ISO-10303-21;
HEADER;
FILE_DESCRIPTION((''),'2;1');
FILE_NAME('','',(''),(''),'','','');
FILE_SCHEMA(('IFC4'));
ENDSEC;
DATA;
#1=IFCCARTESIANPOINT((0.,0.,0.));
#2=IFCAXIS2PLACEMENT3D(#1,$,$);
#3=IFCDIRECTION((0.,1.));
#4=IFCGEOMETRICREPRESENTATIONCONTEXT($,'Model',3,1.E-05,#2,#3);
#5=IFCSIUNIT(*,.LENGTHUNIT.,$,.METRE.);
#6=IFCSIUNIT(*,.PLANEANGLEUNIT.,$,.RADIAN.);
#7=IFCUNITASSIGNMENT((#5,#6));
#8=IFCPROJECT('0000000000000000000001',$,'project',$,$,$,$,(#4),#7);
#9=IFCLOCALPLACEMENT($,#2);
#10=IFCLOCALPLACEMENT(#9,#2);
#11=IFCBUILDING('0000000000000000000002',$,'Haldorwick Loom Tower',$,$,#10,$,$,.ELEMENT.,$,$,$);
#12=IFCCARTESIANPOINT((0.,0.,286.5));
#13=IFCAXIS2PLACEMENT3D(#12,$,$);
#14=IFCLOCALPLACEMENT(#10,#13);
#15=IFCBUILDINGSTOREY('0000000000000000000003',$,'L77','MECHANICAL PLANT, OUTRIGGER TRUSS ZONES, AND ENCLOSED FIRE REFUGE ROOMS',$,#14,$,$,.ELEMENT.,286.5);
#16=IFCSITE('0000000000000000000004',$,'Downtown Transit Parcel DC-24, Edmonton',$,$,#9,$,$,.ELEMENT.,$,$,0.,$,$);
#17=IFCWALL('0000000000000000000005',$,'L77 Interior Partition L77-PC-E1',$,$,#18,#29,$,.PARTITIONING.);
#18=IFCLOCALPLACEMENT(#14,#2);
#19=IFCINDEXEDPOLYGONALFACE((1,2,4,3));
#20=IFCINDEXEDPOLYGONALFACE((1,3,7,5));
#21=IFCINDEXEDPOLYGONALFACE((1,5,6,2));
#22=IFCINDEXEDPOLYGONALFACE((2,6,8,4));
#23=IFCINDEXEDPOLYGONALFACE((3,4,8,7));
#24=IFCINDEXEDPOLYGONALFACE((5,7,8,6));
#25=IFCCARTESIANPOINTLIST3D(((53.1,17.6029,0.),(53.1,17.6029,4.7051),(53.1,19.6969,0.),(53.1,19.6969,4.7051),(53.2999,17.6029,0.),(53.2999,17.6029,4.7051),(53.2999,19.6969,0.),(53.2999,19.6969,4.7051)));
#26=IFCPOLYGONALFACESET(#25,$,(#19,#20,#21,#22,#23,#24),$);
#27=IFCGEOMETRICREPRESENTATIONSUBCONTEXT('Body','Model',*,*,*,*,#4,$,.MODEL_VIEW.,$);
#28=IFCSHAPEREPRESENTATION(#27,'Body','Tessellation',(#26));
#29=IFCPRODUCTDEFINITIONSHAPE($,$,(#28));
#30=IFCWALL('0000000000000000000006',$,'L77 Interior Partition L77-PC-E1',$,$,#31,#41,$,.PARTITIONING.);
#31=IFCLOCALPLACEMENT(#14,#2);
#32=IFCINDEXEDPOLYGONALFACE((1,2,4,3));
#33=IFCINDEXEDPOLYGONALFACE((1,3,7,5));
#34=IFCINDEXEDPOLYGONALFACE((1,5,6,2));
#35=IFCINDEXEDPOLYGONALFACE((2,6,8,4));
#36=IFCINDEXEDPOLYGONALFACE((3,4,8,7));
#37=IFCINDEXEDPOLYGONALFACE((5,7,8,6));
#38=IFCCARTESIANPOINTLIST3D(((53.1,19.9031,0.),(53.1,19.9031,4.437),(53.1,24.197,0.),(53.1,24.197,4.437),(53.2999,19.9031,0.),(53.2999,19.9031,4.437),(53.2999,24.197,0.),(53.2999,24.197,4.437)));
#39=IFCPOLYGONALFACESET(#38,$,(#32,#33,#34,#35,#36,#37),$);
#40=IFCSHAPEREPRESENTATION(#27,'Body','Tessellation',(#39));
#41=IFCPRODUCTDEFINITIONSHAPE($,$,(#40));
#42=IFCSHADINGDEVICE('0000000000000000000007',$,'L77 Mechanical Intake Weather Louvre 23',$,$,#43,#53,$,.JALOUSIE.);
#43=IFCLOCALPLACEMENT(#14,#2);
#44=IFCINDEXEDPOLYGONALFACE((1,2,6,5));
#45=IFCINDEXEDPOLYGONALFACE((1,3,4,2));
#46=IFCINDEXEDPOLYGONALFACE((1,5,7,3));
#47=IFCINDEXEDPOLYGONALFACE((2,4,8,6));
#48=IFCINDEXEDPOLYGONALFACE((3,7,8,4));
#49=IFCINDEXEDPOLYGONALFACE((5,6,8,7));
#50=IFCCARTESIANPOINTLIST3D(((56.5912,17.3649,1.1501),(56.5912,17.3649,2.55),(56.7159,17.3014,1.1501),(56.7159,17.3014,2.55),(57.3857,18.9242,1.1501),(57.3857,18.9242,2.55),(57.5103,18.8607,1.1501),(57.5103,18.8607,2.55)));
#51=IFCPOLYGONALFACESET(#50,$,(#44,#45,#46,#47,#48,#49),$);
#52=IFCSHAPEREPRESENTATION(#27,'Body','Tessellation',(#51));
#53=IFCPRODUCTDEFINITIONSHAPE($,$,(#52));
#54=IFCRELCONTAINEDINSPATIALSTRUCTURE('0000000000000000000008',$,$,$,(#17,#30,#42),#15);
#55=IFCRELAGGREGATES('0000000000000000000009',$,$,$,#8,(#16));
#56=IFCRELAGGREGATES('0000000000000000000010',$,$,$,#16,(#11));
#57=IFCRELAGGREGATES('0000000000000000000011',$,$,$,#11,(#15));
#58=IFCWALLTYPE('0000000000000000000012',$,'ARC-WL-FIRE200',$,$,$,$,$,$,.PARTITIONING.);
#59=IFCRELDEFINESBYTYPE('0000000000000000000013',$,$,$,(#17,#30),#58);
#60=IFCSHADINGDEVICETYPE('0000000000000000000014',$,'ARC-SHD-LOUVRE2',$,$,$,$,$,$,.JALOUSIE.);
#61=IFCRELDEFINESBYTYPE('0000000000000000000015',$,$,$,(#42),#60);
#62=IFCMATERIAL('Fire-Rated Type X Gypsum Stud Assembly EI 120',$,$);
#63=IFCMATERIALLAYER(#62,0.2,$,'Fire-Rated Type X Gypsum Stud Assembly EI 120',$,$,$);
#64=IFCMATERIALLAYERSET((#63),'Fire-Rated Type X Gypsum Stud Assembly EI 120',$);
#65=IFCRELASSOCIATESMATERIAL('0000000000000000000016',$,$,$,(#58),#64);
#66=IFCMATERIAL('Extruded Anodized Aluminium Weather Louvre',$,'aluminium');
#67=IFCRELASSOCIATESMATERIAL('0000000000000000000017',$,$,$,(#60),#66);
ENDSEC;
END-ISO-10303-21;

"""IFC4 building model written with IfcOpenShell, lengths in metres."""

from ifc_helpers import new_model, si_unit, direction, frame, frame_2d, origin, origin_2d, place, context, subcontext, project, spatial, rectangle, extrude, material, layer, layer_set, type_object, element, save


model = new_model("IFC4")

# Units and contexts
model_context = context("Model", 3, precision=1e-05, world=origin(), true_north=direction((0.0, 1.0)))
body_context = subcontext(model_context, "Body", "Model", "MODEL_VIEW")
ifc_project = project(units=[si_unit("LENGTHUNIT", "METRE"), si_unit("PLANEANGLEUNIT", "RADIAN")], contexts=[model_context])

# Site, building, storey
site_placement = place(None, origin())
site = spatial("IfcSite", under=ifc_project, at=site_placement, Name="Downtown Transit Parcel DC-24, Edmonton", CompositionType="ELEMENT", RefElevation=0.0)
building_placement = place(site_placement, origin())
building = spatial("IfcBuilding", under=site, at=building_placement, Name="Haldorwick Loom Tower", CompositionType="ELEMENT")
storey_placement = place(building_placement, frame((0.0, 0.0, 286.5)))
storey = spatial("IfcBuildingStorey", under=building, at=storey_placement, Name="L77", Description="MECHANICAL PLANT, OUTRIGGER TRUSS ZONES, AND ENCLOSED FIRE REFUGE ROOMS", CompositionType="ELEMENT", Elevation=286.5)

# Walls
ifc_material_1 = material(Name="Fire-Rated Type X Gypsum Stud Assembly EI 120")
ifc_layer_1 = layer(ifc_material_1, 0.2, Name="Fire-Rated Type X Gypsum Stud Assembly EI 120")
ifc_layer_set_1 = layer_set([ifc_layer_1], Name="Fire-Rated Type X Gypsum Stud Assembly EI 120")
wall_type_1 = type_object("IfcWallType", Name="ARC-WL-FIRE200", PredefinedType="PARTITIONING", material=ifc_layer_set_1)
wall_1_placement = place(storey_placement, frame((53.2, 17.603, 0.0), z_axis=(0.0, 0.0, 1.0), x_axis=(0.0, 1.0, 0.0)))
element("IfcWall", 1, at=wall_1_placement, inside=storey, type_object=wall_type_1, Name="L77 Interior Partition L77-PC-E1", PredefinedType="PARTITIONING", context=body_context, shape_type="SweptSolid", body=[
    extrude(rectangle(XDim=2.094, YDim=0.2, at=frame_2d((1.0469, 0.0))), origin(), (0.0, 0.0, 1.0), 4.7051),
])
wall_2_placement = place(storey_placement, frame((53.2, 19.9031, 0.0), z_axis=(0.0, 0.0, 1.0), x_axis=(0.0, 1.0, 0.0)))
element("IfcWall", 2, at=wall_2_placement, inside=storey, type_object=wall_type_1, Name="L77 Interior Partition L77-PC-E1", PredefinedType="PARTITIONING", context=body_context, shape_type="SweptSolid", body=[
    extrude(rectangle(XDim=4.2939, YDim=0.2, at=frame_2d((2.147, 0.0))), origin(), (0.0, 0.0, 1.0), 4.437),
])

# Shading device
ifc_material_2 = material(Name="Extruded Anodized Aluminium Weather Louvre", Category="aluminium")
shading_device_type = type_object("IfcShadingDeviceType", Name="ARC-SHD-LOUVRE2", PredefinedType="JALOUSIE", material=ifc_material_2)
shading_device_placement = place(storey_placement, frame((57.0508, 18.1128, 1.1501), z_axis=(0.0, 0.0, 1.0), x_axis=(0.45399, 0.891007, 0.0)))
element("IfcShadingDevice", 3, at=shading_device_placement, inside=storey, type_object=shading_device_type, Name="L77 Mechanical Intake Weather Louvre 23", PredefinedType="JALOUSIE", context=body_context, shape_type="SweptSolid", body=[
    extrude(rectangle(XDim=1.75, YDim=0.1399, at=origin_2d()), origin(), (0.0, 0.0, 1.0), 1.3999),
])

save(model, "model.ifc")
